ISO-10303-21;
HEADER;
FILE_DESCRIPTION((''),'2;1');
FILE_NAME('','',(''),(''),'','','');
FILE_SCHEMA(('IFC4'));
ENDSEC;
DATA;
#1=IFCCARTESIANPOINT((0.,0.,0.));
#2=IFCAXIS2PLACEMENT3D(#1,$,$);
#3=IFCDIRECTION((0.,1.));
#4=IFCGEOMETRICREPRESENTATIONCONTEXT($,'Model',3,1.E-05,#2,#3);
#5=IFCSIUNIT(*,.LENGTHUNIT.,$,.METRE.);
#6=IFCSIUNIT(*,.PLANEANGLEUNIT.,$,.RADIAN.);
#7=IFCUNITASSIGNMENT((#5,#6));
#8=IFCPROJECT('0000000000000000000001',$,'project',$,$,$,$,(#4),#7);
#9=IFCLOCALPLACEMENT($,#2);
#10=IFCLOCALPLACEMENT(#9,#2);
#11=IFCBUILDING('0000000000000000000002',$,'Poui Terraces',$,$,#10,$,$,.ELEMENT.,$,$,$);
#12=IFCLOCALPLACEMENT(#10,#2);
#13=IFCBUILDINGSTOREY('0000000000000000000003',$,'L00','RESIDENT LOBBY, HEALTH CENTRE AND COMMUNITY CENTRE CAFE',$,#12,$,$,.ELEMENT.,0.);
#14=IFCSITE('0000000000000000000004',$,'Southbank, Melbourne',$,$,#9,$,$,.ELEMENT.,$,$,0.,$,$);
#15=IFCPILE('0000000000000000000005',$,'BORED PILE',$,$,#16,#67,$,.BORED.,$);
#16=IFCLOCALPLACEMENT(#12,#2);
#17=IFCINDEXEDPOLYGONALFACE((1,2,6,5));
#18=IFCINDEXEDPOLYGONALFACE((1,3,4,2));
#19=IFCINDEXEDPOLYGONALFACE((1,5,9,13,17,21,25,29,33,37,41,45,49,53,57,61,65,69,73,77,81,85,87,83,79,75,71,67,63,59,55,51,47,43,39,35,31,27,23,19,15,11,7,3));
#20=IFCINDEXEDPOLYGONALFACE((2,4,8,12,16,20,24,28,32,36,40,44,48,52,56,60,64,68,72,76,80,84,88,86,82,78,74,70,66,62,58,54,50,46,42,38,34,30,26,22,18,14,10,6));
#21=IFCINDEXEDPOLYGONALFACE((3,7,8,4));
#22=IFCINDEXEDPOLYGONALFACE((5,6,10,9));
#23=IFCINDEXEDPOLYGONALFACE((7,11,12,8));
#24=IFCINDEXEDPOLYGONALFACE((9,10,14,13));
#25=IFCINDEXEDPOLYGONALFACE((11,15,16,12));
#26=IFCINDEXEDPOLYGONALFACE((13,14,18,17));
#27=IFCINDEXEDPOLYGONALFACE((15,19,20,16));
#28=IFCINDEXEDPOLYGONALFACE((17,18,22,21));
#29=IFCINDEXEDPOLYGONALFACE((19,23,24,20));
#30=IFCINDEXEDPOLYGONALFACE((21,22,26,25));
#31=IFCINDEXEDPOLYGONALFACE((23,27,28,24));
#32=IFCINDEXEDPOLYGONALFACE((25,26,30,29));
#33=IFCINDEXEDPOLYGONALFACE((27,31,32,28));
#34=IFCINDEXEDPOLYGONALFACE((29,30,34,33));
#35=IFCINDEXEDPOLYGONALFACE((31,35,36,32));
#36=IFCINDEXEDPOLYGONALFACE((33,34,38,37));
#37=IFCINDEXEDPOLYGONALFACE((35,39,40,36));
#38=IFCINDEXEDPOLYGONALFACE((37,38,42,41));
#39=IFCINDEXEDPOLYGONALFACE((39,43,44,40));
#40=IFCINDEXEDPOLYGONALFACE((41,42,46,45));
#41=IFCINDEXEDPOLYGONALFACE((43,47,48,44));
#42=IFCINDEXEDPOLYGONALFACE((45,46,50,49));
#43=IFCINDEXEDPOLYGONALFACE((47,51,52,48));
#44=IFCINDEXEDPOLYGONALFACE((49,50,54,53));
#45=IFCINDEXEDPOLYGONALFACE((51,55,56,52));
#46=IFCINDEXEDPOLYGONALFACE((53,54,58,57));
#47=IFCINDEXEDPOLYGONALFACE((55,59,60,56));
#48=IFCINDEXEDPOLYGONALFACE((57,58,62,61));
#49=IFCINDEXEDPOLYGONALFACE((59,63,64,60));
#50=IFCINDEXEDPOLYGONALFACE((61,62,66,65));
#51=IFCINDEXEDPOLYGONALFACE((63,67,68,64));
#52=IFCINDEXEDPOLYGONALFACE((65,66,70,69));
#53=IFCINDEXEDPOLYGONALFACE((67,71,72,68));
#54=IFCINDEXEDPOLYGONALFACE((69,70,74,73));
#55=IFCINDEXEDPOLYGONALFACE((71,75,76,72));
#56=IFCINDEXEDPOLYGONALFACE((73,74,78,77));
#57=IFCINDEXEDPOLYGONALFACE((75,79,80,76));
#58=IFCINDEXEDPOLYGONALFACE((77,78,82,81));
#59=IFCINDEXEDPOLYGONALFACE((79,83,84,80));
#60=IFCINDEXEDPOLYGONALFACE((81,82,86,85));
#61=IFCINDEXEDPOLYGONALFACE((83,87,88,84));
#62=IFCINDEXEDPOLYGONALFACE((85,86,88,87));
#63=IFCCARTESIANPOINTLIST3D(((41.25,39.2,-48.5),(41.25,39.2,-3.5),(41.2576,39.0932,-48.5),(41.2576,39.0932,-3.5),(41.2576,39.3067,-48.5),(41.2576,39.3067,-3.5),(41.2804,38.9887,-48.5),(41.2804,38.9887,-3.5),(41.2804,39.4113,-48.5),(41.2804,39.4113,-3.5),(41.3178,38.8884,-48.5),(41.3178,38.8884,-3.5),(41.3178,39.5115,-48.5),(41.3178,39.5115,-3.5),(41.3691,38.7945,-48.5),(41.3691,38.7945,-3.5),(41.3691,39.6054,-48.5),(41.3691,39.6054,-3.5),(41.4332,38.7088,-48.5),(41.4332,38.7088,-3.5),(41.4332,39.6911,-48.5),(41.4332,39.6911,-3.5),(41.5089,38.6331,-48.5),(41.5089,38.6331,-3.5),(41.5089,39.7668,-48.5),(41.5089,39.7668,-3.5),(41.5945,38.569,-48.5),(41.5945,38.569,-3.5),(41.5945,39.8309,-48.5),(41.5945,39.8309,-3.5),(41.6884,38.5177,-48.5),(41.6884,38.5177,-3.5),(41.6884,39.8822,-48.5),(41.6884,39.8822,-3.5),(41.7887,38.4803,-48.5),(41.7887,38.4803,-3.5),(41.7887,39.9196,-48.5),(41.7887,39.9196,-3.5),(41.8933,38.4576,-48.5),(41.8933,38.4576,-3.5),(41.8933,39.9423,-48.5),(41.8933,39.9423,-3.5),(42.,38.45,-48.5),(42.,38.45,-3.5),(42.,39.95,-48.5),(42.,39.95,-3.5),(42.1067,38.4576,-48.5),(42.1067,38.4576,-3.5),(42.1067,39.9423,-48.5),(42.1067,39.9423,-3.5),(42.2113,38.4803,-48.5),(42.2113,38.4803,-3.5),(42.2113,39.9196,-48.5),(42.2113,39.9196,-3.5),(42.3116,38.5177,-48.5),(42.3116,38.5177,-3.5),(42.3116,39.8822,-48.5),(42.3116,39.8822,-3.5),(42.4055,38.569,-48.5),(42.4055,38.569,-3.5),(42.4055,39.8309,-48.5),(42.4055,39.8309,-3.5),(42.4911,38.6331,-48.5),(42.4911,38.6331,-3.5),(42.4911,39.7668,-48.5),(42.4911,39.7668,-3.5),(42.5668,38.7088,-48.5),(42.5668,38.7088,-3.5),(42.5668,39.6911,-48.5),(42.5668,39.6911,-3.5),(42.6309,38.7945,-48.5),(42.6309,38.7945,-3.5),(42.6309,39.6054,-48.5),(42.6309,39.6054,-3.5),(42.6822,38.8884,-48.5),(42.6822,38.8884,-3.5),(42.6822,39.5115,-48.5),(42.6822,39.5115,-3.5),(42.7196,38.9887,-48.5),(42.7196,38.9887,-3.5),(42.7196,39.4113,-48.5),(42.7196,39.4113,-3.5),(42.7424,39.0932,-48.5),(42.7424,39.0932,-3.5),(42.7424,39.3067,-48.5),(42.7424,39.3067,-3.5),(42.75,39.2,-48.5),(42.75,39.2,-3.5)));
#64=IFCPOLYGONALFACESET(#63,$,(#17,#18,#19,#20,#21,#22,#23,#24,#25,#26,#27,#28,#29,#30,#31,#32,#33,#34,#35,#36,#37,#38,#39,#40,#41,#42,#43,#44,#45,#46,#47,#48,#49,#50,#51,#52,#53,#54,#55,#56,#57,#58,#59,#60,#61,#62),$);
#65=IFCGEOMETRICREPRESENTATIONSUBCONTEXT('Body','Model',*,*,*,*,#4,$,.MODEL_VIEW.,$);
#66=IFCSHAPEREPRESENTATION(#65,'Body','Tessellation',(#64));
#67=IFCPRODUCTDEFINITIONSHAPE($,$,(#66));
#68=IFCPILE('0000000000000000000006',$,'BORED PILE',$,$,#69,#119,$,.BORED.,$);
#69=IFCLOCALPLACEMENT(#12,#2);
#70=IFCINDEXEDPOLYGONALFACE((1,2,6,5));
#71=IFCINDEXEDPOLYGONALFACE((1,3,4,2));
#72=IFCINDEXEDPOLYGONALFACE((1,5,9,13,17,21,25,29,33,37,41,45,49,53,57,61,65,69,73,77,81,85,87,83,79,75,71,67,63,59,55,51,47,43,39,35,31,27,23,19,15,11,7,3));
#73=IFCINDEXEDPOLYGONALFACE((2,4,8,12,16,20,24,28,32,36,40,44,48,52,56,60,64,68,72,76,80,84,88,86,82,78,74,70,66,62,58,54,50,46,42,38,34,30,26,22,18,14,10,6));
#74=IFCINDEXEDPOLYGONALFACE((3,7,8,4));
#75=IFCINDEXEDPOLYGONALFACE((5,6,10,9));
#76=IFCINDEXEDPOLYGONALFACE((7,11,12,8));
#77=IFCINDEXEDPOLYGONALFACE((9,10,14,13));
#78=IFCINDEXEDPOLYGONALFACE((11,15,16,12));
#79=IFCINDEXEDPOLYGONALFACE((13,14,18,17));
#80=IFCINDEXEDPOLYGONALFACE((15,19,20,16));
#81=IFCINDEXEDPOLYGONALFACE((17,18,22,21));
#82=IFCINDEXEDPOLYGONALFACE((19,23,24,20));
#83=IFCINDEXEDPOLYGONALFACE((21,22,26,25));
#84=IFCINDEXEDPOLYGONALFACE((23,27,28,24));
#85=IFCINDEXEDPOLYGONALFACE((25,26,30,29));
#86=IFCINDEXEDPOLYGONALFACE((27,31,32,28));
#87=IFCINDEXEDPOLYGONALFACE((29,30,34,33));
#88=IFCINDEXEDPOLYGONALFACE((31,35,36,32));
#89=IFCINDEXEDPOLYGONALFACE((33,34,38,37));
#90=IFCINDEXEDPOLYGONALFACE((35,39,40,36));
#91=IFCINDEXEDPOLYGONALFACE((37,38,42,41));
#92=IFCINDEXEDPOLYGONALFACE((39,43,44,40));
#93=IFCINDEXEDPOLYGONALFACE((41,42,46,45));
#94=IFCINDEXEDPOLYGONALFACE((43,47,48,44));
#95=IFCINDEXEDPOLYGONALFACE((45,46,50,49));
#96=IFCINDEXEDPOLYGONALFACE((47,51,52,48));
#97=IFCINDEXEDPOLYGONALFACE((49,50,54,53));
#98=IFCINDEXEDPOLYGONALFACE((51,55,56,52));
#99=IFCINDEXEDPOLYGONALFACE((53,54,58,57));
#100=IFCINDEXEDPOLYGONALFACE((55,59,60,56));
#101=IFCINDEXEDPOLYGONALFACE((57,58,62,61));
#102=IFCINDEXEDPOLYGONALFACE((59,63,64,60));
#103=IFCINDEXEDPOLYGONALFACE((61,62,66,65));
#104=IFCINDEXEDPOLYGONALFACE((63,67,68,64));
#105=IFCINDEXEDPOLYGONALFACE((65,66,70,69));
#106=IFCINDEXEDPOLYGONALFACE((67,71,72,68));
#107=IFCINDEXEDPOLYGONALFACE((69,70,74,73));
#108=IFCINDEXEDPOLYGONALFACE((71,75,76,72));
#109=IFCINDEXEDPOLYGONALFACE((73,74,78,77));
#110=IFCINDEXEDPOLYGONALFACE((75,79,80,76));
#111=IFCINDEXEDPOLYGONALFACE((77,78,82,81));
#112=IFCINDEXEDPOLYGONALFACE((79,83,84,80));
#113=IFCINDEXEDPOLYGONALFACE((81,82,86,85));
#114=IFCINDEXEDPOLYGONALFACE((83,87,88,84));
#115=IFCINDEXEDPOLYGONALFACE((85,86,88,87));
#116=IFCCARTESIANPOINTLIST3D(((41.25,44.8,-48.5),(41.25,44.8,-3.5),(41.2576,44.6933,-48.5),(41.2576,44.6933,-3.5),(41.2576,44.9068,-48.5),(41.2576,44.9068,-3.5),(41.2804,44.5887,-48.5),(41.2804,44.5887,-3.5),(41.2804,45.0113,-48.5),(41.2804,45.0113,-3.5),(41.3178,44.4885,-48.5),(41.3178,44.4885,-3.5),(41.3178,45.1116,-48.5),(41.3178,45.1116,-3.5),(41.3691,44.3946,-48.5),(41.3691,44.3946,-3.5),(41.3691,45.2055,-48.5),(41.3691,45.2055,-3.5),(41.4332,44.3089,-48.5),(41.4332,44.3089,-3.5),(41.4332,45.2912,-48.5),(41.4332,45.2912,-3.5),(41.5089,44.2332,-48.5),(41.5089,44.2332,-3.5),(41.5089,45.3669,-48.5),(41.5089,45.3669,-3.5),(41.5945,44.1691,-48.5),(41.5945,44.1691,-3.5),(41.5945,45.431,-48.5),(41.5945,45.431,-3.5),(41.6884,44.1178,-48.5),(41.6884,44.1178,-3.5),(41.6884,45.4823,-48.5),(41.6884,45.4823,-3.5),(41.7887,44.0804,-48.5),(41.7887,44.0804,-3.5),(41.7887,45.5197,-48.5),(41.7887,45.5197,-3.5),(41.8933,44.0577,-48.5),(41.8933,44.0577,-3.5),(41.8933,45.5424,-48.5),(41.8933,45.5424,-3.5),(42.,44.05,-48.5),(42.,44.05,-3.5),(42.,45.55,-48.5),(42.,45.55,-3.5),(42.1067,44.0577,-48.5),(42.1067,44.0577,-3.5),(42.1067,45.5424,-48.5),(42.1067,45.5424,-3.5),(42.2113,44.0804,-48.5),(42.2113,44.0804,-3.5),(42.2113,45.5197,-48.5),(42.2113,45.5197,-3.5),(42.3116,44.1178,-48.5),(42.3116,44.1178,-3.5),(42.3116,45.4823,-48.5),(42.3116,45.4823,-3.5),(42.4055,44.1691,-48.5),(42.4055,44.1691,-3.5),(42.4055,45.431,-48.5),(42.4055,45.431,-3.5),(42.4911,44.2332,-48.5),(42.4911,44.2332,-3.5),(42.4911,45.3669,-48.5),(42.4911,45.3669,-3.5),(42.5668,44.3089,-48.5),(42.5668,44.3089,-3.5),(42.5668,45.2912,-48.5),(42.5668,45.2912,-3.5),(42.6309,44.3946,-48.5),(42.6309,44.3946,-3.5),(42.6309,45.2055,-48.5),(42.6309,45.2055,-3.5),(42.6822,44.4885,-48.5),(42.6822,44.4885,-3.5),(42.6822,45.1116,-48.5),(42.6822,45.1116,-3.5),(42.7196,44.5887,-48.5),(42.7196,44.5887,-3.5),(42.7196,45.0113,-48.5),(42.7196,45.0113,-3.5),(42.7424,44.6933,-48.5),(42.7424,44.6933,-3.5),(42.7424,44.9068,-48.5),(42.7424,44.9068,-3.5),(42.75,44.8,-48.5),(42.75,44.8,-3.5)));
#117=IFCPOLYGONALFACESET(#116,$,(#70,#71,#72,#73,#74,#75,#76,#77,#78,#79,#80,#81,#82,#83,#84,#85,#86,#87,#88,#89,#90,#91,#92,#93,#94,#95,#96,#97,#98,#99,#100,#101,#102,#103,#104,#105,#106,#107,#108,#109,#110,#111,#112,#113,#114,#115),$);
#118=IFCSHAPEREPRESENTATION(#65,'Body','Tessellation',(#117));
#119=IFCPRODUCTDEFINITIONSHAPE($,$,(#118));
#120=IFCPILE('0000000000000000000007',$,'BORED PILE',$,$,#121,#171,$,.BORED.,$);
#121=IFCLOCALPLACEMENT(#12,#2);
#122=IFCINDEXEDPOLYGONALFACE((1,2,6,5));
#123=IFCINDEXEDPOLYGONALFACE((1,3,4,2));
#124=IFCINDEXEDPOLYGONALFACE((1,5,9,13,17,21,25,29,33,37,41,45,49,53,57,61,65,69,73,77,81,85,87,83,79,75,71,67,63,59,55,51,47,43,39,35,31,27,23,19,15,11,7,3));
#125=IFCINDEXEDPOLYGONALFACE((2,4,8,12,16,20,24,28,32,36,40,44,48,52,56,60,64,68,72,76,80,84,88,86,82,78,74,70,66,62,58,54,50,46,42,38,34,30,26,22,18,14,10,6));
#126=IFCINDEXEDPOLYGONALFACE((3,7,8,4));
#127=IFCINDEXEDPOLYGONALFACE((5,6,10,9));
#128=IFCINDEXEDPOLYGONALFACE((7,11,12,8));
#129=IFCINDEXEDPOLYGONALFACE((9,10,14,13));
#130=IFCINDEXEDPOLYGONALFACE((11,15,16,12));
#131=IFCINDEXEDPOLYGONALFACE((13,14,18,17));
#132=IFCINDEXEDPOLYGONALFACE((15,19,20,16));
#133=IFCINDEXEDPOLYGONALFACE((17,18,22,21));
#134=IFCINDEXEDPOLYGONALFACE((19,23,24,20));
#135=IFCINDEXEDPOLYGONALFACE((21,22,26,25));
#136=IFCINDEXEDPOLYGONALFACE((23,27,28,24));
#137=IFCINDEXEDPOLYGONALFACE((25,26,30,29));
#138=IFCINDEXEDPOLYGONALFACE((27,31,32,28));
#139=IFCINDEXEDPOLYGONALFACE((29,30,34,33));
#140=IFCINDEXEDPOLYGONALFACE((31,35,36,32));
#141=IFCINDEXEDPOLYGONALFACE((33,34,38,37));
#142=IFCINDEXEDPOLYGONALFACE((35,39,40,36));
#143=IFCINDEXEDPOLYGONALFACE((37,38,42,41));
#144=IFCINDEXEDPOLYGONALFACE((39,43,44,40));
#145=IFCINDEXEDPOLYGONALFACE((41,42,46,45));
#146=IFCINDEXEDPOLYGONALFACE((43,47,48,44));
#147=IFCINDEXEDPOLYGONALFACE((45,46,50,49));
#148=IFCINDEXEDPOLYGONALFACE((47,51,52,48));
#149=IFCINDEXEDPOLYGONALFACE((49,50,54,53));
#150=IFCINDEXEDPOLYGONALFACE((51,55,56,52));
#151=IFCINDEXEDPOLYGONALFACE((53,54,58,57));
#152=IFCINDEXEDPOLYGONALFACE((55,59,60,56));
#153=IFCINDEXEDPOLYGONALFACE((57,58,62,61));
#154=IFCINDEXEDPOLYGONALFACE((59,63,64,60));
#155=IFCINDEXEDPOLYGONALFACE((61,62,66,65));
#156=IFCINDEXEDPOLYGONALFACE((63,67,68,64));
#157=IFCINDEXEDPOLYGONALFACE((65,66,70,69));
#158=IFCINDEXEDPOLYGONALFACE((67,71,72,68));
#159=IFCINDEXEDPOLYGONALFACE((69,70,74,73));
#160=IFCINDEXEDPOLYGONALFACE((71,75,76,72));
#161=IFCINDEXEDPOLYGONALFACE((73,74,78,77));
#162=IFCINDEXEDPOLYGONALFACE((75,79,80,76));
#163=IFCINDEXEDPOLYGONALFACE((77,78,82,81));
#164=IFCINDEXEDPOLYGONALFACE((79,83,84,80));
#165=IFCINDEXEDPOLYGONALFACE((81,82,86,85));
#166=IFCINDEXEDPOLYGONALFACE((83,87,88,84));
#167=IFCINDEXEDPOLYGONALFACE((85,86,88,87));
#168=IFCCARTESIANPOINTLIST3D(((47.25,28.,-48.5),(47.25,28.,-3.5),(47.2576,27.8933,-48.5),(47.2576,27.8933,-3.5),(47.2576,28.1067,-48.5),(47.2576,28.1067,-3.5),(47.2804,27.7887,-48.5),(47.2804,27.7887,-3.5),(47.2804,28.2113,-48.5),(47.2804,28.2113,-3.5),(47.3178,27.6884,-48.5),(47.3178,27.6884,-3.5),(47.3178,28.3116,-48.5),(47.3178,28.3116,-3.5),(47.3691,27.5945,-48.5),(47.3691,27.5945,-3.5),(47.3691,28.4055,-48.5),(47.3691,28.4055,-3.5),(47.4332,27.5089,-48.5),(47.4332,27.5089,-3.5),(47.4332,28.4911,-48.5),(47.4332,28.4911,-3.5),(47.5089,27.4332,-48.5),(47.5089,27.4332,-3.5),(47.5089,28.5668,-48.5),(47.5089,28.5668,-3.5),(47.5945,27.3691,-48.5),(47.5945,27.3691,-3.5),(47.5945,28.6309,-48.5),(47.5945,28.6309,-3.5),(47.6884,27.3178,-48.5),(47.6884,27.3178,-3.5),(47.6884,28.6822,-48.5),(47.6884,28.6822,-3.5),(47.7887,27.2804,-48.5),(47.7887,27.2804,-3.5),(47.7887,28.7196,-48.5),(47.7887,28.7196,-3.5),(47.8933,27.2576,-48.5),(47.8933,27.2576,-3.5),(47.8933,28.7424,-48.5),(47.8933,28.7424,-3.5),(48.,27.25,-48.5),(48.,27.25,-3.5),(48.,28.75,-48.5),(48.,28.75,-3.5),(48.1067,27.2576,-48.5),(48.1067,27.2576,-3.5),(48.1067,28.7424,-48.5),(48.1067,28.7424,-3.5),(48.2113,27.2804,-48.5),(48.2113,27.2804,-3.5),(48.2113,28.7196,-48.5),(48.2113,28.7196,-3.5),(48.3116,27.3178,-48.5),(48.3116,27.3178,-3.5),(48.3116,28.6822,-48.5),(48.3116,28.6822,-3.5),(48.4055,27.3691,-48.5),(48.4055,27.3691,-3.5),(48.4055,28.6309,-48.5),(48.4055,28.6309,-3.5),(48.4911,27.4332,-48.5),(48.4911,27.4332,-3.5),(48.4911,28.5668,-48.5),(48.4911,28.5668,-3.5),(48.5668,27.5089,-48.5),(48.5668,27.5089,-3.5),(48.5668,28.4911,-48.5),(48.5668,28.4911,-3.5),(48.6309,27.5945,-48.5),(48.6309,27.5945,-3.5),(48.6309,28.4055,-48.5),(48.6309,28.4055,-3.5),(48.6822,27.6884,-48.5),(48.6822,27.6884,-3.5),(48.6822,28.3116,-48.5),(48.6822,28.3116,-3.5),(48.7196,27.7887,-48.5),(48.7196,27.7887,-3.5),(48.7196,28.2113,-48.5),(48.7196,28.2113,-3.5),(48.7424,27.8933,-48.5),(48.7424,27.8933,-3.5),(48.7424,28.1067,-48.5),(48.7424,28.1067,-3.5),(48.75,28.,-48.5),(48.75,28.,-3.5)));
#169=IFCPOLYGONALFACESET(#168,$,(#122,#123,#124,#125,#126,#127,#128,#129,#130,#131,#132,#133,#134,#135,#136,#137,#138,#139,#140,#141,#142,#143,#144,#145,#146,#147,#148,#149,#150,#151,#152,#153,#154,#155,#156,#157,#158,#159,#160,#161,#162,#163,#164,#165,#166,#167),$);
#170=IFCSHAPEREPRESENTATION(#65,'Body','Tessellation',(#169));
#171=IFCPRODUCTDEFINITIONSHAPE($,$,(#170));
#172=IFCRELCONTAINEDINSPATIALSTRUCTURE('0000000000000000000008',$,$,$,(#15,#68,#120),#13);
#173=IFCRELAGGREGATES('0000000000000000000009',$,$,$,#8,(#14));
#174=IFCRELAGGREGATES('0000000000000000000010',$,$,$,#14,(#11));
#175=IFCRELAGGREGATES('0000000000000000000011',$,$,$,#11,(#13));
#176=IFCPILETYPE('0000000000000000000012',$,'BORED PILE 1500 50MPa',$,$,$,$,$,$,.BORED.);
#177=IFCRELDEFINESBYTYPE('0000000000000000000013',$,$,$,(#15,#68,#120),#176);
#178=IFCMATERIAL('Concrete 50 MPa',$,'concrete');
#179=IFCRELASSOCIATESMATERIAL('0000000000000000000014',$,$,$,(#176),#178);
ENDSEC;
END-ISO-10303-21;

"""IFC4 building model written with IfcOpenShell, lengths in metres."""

from ifc_helpers import new_model, si_unit, direction, frame, origin, origin_2d, place, context, subcontext, project, spatial, circle, extrude, material, material_profile, profile_set, type_object, element, save


model = new_model("IFC4")

# Units and contexts
model_context = context("Model", 3, precision=1e-05, world=origin(), true_north=direction((0.0, 1.0)))
body_context = subcontext(model_context, "Body", "Model", "MODEL_VIEW")
ifc_project = project(units=[si_unit("LENGTHUNIT", "METRE"), si_unit("PLANEANGLEUNIT", "RADIAN")], contexts=[model_context])

# Site, building, storey
site_placement = place(None, origin())
site = spatial("IfcSite", under=ifc_project, at=site_placement, Name="Southbank, Melbourne", CompositionType="ELEMENT", RefElevation=0.0)
building_placement = place(site_placement, origin())
building = spatial("IfcBuilding", under=site, at=building_placement, Name="Poui Terraces", CompositionType="ELEMENT")
storey_placement = place(building_placement, origin())
storey = spatial("IfcBuildingStorey", under=building, at=storey_placement, Name="L00", Description="RESIDENT LOBBY, HEALTH CENTRE AND COMMUNITY CENTRE CAFE", CompositionType="ELEMENT", Elevation=0.0)

# Piles
ifc_material_1 = material(Name="Concrete 50 MPa", Category="concrete")
ifc_material_profile_1 = material_profile(ifc_material_1, circle(Radius=0.75, at=origin_2d()), Name="RC D1500")
ifc_profile_set_1 = profile_set([ifc_material_profile_1], Name="Concrete 50 MPa")
pile_type = type_object("IfcPileType", Name="BORED PILE 1500 50MPa", PredefinedType="BORED", material=ifc_profile_set_1)
for number, where, z_axis, x_axis, name in (
    (1, (42.0, 39.2, -3.5), (0.0, 0.0, -1.0), (1.0, 0.0, 0.0), "BORED PILE"),
    (2, (42.0, 44.8, -3.5), (0.0, 0.0, -1.0), (1.0, 0.0, 0.0), "BORED PILE"),
    (3, (48.0, 28.0, -3.5), (0.0, 0.0, -1.0), (1.0, 0.0, 0.0), "BORED PILE"),
):
    element("IfcPile", number, at=place(storey_placement, frame(where, z_axis=z_axis, x_axis=x_axis)), inside=storey, type_object=pile_type, Name=name, PredefinedType="BORED", context=body_context, shape_type="SweptSolid", body=[
        extrude(circle(Radius=0.75, at=origin_2d()), origin(), (0.0, 0.0, 1.0), 45.0),
    ])

save(model, "model.ifc")
